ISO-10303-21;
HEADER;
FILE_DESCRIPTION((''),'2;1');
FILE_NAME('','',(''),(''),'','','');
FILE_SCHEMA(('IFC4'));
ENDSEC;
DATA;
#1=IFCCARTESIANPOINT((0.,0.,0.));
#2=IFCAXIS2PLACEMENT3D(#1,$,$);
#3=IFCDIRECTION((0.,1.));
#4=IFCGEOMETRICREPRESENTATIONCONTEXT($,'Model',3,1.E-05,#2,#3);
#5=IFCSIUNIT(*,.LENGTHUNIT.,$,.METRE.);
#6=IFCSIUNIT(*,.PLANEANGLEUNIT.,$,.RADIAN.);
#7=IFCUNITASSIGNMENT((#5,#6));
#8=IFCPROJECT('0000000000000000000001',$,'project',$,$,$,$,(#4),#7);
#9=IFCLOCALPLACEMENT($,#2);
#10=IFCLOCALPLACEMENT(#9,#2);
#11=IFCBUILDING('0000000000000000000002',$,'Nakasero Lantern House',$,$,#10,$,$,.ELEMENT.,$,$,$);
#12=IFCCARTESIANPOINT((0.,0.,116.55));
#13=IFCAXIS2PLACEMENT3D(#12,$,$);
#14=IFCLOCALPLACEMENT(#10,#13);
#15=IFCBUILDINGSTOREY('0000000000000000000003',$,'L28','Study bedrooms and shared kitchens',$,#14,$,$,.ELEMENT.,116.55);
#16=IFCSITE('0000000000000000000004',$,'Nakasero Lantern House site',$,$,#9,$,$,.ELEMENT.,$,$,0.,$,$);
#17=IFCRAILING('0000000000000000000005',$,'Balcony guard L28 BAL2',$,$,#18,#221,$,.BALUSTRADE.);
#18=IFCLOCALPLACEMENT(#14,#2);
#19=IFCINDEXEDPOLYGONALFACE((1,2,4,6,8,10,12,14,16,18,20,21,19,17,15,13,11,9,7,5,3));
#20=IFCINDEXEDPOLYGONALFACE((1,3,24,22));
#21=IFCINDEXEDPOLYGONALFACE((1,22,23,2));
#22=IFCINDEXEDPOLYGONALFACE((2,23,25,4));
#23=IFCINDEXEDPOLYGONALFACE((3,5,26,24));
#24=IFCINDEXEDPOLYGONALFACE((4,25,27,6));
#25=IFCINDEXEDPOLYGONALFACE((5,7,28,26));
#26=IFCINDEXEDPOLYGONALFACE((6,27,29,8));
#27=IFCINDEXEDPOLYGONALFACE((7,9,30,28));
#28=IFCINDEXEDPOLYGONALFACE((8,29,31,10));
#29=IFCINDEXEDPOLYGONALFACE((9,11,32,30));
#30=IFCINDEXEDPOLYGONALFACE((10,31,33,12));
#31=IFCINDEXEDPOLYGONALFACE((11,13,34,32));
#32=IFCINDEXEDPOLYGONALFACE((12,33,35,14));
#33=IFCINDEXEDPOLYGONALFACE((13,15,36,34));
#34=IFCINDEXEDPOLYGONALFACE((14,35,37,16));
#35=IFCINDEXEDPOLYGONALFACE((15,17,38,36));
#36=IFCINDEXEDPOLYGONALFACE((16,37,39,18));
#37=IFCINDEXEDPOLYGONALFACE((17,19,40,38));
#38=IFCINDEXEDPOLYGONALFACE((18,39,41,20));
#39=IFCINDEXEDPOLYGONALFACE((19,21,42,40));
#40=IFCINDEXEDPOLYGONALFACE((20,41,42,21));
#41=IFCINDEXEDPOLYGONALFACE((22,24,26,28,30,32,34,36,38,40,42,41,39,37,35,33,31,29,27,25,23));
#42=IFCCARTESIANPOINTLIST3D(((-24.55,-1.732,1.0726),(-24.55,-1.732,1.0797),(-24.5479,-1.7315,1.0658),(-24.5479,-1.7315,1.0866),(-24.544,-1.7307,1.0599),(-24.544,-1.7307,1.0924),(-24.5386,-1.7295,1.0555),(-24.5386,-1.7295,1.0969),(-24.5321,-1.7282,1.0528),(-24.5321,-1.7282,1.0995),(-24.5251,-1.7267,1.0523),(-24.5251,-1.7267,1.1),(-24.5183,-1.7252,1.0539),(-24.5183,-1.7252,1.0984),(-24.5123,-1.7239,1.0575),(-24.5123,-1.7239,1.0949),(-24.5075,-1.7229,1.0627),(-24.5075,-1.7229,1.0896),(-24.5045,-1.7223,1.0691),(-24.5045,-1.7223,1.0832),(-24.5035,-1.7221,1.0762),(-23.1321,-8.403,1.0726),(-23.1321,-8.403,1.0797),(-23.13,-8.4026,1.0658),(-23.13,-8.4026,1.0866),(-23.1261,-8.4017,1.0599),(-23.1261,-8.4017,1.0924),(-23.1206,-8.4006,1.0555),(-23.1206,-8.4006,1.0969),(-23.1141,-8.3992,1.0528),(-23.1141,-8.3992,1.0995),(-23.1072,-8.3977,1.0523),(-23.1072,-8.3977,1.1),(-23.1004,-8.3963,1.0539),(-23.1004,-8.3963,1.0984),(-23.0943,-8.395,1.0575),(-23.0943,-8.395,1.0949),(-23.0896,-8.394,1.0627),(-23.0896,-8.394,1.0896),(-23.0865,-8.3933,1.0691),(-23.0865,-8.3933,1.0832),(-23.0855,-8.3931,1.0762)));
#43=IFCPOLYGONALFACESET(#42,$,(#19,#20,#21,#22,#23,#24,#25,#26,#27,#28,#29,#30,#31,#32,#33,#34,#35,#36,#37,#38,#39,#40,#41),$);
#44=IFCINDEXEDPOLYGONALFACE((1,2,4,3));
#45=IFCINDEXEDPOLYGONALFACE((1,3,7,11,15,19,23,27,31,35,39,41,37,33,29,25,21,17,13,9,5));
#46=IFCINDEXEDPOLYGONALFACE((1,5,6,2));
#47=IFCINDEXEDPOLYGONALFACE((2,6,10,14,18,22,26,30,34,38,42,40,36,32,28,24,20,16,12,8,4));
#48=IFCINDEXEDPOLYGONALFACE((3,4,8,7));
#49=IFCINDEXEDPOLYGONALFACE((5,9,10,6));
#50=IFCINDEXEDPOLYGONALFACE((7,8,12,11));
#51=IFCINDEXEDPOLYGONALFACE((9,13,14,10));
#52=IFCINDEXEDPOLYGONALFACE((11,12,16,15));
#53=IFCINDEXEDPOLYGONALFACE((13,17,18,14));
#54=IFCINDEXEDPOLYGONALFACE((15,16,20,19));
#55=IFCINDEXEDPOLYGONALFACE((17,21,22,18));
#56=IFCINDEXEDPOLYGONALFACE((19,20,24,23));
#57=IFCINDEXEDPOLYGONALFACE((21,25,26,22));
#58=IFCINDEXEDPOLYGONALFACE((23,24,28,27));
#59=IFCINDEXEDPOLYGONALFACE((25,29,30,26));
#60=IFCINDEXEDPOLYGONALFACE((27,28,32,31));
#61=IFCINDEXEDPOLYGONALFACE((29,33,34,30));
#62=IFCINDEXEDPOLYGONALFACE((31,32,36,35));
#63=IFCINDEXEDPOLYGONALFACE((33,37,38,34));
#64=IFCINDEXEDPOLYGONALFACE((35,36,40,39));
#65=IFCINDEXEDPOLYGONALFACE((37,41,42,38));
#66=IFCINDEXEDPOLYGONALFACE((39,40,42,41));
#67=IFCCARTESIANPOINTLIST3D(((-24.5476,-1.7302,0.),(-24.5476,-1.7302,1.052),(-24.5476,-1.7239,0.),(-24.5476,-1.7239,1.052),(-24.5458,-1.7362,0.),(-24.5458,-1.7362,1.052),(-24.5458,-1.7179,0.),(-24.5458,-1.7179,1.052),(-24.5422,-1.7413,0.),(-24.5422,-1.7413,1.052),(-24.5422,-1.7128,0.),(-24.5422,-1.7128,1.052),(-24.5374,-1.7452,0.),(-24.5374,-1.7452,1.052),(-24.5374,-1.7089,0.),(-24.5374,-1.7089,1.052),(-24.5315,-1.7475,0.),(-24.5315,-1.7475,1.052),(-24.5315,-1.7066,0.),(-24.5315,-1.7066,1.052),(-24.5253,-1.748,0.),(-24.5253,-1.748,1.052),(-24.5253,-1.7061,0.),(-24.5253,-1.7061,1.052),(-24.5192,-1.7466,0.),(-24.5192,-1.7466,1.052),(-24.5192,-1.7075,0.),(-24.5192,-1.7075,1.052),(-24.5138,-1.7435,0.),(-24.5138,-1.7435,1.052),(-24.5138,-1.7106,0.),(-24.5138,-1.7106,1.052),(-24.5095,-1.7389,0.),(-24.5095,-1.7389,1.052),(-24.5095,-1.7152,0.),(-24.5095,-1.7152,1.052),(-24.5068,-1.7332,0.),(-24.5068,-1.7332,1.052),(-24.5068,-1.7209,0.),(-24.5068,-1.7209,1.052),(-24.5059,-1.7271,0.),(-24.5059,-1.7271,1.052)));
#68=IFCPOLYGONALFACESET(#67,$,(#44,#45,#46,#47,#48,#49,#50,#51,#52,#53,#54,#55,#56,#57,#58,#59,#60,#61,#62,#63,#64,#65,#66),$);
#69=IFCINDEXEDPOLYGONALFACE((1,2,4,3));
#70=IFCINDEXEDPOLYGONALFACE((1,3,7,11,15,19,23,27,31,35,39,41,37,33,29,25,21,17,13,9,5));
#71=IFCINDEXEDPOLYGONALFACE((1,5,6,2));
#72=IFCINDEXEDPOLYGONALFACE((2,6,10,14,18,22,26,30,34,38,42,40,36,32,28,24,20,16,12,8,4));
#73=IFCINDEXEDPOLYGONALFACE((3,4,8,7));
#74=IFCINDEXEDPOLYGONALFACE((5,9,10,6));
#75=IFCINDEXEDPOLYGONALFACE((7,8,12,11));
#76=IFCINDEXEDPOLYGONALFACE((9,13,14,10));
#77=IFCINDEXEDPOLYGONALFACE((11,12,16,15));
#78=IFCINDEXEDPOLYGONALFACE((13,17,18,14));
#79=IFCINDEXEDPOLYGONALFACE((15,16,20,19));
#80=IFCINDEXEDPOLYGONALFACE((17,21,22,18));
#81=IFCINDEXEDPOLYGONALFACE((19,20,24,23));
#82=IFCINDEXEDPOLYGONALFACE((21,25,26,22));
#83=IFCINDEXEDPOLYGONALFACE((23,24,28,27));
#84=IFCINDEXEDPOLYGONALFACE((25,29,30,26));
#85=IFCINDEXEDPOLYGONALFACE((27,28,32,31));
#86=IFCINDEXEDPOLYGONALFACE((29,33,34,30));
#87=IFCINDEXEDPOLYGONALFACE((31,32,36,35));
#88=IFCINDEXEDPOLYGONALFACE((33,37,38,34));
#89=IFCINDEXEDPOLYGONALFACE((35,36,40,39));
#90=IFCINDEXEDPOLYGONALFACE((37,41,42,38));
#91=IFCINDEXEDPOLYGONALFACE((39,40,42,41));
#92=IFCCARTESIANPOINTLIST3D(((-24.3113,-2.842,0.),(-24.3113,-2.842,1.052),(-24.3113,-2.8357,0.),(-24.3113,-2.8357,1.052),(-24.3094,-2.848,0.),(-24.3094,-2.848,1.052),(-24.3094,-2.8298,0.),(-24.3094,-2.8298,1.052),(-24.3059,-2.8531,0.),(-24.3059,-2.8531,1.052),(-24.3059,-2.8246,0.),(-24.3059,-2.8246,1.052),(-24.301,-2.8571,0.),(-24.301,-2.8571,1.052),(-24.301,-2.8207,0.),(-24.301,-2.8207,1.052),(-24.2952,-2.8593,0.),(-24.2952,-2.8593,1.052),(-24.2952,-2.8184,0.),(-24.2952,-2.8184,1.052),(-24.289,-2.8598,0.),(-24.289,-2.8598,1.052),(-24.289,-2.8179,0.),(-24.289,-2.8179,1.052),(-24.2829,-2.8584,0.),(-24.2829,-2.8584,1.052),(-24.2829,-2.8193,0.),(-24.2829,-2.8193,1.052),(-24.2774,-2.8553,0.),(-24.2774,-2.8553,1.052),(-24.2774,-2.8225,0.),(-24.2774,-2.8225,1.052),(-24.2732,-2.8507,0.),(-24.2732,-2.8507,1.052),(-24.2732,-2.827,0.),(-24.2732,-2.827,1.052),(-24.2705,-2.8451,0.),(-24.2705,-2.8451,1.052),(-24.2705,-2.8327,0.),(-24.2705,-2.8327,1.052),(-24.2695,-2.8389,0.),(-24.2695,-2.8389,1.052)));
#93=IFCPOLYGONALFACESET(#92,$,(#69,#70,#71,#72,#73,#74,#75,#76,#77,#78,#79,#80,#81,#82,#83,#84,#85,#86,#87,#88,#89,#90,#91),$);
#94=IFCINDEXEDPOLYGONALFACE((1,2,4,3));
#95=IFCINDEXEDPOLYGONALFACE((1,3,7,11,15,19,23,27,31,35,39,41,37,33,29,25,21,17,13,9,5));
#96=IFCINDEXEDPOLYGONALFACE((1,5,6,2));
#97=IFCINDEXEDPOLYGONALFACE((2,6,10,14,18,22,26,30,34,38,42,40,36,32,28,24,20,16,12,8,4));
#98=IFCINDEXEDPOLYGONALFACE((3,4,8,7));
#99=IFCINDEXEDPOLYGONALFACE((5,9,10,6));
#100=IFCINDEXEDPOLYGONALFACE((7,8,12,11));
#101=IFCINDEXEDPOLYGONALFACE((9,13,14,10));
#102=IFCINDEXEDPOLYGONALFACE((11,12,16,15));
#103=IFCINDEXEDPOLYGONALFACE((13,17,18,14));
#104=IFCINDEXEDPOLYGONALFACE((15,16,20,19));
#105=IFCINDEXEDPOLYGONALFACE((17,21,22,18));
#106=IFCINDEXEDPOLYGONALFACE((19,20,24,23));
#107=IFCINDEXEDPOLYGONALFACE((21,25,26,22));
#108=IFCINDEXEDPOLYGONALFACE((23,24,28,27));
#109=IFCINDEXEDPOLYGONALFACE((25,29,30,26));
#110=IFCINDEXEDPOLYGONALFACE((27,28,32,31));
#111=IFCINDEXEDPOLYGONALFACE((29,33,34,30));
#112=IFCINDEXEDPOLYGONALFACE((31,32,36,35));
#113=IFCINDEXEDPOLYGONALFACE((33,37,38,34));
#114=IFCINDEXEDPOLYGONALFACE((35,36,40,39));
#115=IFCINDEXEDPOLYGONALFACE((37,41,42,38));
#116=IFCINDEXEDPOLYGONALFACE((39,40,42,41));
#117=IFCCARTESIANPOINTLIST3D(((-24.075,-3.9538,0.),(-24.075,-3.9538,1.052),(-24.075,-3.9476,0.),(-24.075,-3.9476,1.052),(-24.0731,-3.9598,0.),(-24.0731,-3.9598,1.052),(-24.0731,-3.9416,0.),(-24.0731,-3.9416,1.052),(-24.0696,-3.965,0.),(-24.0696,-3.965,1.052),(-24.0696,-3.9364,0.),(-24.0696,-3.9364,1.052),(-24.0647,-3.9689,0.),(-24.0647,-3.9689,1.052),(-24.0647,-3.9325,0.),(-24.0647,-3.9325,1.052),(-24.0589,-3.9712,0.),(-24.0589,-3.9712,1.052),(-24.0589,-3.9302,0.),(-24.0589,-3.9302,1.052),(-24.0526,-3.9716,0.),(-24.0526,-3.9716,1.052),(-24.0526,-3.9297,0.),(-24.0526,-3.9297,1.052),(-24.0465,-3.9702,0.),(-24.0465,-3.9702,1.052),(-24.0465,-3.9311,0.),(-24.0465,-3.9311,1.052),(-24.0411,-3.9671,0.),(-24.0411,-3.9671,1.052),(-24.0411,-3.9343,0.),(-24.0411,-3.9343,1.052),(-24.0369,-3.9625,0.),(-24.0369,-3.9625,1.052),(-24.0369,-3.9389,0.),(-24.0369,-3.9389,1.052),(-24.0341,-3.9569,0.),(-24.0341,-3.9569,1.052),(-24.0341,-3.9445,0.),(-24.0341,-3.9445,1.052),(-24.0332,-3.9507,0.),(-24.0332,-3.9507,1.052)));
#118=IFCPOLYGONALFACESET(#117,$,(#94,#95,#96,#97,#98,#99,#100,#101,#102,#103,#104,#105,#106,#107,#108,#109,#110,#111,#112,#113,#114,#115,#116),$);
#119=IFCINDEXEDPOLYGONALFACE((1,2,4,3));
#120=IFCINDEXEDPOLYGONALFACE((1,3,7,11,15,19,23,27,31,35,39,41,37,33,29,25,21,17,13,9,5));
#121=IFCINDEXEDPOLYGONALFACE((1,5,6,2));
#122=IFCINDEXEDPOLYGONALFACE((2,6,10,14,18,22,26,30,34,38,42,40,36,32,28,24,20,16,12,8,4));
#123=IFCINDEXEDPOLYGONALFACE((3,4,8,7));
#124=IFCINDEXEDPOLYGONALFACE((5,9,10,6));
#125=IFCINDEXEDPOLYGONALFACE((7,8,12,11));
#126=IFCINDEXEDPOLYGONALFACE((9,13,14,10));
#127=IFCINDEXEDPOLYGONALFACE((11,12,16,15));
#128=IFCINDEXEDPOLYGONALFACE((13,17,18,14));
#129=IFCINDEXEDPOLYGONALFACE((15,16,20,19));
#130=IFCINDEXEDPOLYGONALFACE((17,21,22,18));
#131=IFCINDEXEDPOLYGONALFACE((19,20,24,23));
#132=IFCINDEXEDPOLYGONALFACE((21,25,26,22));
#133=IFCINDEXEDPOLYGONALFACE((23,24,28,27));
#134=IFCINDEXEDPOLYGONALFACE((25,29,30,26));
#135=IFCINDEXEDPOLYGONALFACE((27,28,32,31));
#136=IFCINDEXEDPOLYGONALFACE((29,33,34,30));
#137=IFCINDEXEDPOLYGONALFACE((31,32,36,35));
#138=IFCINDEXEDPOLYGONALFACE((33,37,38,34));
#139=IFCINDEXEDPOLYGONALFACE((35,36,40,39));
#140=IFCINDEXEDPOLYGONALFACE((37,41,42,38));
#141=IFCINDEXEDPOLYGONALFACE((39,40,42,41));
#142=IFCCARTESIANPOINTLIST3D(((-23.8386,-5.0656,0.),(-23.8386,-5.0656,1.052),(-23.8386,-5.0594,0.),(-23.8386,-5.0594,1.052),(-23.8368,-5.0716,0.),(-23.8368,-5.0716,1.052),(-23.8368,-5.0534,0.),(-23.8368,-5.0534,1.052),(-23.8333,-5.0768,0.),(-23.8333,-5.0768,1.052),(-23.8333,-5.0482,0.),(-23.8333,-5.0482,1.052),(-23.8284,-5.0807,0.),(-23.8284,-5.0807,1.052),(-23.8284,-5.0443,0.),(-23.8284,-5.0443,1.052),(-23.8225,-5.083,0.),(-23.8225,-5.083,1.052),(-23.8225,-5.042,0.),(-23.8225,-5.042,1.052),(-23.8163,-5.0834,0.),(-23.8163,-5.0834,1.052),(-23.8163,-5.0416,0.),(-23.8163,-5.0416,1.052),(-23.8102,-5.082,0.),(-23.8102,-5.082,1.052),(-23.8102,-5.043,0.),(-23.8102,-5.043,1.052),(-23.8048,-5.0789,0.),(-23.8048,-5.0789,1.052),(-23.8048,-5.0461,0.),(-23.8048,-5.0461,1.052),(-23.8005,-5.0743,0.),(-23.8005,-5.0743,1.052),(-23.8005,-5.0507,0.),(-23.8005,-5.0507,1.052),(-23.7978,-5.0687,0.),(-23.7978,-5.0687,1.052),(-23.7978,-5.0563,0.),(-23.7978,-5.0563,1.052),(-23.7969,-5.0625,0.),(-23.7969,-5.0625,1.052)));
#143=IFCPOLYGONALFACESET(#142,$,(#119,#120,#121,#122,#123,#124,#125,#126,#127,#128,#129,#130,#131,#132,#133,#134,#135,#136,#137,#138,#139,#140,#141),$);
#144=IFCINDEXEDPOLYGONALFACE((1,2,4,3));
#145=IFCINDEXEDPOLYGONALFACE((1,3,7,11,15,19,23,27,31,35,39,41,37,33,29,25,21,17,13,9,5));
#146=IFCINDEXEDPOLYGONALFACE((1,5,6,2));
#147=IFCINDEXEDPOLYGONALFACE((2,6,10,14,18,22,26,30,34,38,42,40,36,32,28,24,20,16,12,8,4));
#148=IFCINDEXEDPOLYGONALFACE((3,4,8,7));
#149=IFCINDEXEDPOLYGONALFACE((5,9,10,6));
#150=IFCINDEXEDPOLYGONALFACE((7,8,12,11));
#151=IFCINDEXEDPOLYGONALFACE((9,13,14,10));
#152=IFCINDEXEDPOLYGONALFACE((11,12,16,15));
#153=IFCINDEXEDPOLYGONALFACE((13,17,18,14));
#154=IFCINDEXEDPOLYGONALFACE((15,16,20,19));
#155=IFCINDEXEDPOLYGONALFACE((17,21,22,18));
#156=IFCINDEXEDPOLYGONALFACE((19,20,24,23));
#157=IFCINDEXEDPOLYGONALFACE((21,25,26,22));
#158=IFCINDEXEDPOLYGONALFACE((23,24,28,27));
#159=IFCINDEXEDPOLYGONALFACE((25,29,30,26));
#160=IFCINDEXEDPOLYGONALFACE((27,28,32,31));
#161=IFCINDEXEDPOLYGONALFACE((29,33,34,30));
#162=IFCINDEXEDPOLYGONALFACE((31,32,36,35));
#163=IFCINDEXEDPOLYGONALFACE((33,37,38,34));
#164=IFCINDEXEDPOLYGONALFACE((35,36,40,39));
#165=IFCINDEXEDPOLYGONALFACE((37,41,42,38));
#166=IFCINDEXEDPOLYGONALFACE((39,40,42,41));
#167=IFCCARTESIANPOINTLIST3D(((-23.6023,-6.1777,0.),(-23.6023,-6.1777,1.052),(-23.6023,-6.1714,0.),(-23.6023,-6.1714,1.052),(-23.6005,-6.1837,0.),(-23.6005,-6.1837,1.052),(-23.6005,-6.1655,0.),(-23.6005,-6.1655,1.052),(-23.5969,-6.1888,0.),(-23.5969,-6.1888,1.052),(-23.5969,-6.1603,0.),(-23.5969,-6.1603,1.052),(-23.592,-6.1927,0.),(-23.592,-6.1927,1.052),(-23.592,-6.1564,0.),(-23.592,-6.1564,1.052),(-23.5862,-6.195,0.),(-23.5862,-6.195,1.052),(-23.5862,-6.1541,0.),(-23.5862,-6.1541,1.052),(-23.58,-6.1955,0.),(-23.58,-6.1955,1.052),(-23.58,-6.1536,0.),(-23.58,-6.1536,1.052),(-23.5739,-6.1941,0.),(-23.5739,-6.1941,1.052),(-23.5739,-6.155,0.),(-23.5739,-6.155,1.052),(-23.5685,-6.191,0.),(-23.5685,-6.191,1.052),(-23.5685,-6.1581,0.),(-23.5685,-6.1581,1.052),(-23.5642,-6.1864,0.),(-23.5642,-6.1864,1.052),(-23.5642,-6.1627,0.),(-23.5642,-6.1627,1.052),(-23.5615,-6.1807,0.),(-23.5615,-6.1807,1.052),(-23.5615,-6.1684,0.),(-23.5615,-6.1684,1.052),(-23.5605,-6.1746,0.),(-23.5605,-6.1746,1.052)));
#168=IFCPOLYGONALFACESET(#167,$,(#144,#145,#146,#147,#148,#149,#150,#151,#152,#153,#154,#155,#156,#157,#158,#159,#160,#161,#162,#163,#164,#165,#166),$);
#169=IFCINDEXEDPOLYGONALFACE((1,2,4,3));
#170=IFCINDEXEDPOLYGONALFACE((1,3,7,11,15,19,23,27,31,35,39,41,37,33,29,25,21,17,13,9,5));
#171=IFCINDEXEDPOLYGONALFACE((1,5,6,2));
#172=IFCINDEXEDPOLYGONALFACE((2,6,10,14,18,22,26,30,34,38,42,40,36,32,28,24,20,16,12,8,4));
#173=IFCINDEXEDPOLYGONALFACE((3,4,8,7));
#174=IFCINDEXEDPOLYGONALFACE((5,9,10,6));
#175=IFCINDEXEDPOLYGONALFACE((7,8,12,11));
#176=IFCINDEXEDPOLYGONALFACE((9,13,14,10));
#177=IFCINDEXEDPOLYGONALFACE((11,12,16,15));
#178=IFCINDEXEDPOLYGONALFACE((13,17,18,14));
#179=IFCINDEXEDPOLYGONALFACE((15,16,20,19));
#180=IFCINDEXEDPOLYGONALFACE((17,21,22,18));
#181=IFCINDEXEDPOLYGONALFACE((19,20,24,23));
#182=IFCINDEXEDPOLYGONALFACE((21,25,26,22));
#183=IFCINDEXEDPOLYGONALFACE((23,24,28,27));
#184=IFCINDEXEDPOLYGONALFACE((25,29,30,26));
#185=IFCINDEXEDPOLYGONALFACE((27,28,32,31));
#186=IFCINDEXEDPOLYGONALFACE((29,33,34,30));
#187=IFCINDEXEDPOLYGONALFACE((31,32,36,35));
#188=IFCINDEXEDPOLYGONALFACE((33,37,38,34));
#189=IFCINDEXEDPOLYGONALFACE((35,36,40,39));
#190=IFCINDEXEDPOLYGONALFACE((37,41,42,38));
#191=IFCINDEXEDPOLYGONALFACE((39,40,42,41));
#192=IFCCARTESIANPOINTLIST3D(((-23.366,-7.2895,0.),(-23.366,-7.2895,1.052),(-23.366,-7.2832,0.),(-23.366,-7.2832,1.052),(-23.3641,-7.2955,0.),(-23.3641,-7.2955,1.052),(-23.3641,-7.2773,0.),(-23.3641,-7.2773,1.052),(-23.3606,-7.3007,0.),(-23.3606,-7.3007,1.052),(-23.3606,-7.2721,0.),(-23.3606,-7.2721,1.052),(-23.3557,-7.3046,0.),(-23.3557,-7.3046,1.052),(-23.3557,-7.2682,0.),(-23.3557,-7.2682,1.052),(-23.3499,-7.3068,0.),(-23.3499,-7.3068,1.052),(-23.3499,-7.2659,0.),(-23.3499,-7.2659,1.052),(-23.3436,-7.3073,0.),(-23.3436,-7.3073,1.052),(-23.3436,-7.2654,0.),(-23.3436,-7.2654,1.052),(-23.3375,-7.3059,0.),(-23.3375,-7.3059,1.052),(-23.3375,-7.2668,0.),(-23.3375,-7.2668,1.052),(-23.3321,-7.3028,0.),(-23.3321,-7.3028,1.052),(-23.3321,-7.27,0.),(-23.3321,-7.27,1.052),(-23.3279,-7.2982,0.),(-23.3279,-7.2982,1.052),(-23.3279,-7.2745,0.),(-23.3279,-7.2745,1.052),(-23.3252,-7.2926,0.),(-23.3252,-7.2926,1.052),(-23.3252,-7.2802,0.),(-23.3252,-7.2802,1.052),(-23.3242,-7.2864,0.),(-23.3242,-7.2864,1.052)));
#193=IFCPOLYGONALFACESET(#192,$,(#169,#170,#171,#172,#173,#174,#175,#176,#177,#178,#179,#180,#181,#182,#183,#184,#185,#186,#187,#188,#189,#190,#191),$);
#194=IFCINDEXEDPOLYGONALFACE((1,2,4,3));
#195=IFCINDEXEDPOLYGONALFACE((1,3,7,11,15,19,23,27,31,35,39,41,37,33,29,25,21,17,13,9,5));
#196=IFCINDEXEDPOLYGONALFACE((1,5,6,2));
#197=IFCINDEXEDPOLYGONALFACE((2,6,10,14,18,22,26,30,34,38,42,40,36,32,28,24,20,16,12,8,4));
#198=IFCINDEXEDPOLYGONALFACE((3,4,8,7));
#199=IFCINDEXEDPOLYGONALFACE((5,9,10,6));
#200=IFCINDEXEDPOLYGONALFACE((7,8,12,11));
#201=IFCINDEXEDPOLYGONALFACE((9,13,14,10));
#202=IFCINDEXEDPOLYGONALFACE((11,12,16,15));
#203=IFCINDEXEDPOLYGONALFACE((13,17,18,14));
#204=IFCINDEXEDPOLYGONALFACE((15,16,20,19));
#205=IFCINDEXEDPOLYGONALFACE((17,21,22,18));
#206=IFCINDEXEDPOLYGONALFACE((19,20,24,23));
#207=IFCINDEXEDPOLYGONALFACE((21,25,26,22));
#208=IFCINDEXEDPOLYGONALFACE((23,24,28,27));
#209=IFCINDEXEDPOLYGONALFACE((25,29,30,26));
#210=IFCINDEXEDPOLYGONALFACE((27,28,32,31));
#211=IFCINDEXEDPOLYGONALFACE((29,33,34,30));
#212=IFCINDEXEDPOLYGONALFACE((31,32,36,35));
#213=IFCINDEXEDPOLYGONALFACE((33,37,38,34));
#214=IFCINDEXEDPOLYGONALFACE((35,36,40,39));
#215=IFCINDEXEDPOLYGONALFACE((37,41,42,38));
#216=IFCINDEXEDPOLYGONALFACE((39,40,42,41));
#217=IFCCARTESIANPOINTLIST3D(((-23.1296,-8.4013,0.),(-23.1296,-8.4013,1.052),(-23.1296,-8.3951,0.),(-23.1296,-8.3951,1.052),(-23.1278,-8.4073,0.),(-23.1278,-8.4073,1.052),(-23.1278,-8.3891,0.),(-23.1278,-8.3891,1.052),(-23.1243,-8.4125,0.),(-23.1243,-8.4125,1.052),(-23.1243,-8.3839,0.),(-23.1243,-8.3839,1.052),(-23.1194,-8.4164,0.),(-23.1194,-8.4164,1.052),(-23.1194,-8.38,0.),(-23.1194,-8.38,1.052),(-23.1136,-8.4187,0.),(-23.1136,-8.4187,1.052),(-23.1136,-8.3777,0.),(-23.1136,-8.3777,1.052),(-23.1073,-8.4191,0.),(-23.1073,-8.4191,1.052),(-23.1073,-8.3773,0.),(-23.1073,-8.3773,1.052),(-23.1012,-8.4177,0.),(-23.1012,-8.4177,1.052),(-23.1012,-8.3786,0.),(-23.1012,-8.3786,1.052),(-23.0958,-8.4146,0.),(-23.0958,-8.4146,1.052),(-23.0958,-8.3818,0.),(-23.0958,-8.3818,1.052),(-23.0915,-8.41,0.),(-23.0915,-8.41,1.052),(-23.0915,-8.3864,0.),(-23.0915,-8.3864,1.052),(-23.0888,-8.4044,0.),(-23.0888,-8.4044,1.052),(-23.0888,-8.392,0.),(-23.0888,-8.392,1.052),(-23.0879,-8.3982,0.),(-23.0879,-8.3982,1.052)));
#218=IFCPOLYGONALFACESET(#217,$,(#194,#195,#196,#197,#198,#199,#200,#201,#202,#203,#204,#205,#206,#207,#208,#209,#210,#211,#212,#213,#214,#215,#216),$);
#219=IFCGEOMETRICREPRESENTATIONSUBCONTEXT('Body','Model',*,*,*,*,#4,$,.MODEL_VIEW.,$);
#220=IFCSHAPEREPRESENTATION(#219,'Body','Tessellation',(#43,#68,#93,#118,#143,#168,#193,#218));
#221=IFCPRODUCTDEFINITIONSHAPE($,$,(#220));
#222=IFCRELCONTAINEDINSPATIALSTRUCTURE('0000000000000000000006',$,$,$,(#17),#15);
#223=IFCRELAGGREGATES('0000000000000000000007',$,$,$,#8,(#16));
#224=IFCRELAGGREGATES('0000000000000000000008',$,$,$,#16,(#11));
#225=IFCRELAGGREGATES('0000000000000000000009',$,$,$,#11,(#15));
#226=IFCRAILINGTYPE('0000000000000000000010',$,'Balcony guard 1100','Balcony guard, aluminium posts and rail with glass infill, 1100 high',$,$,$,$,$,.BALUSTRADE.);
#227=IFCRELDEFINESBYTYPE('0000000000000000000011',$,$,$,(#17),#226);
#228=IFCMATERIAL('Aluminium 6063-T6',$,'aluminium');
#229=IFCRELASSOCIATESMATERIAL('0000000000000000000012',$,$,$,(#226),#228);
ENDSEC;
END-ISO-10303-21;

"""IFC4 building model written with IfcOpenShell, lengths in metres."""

from ifc_helpers import new_model, si_unit, direction, frame, origin, origin_2d, place, context, subcontext, project, spatial, circle, extrude, material, type_object, element, save


model = new_model("IFC4")

# Units and contexts
model_context = context("Model", 3, precision=1e-05, world=origin(), true_north=direction((0.0, 1.0)))
body_context = subcontext(model_context, "Body", "Model", "MODEL_VIEW")
ifc_project = project(units=[si_unit("LENGTHUNIT", "METRE"), si_unit("PLANEANGLEUNIT", "RADIAN")], contexts=[model_context])

# Site, building, storey
site_placement = place(None, origin())
site = spatial("IfcSite", under=ifc_project, at=site_placement, Name="Nakasero Lantern House site", CompositionType="ELEMENT", RefElevation=0.0)
building_placement = place(site_placement, origin())
building = spatial("IfcBuilding", under=site, at=building_placement, Name="Nakasero Lantern House", CompositionType="ELEMENT")
storey_placement = place(building_placement, frame((0.0, 0.0, 116.55)))
storey = spatial("IfcBuildingStorey", under=building, at=storey_placement, Name="L28", Description="Study bedrooms and shared kitchens", CompositionType="ELEMENT", Elevation=116.55)

# Railing
ifc_material_1 = material(Name="Aluminium 6063-T6", Category="aluminium")
railing_type = type_object("IfcRailingType", Name="Balcony guard 1100", Description="Balcony guard, aluminium posts and rail with glass infill, 1100 high", PredefinedType="BALUSTRADE", material=ifc_material_1)
railing_placement = place(storey_placement, frame((-24.5269, -1.7271, 0.0)))
element("IfcRailing", 1, at=railing_placement, inside=storey, type_object=railing_type, Name="Balcony guard L28 BAL2", PredefinedType="BALUSTRADE", context=body_context, shape_type="SweptSolid", body=[
    extrude(circle(Radius=0.0239, at=origin_2d()), frame((0.0, 0.0, 1.0762), z_axis=(0.207908, -0.978148, 0.0), x_axis=(0.978148, 0.207908, 0.0)), (0.0, 0.0, 1.0), 6.8201),
    extrude(circle(Radius=0.021, at=origin_2d()), origin(), (0.0, 0.0, 1.0), 1.052),
    extrude(circle(Radius=0.021, at=origin_2d()), frame((0.2363, -1.1118, 0.0)), (0.0, 0.0, 1.0), 1.052),
    extrude(circle(Radius=0.021, at=origin_2d()), frame((0.4727, -2.2236, 0.0)), (0.0, 0.0, 1.0), 1.052),
    extrude(circle(Radius=0.021, at=origin_2d()), frame((0.709, -3.3354, 0.0)), (0.0, 0.0, 1.0), 1.052),
    extrude(circle(Radius=0.021, at=origin_2d()), frame((0.9453, -4.4475, 0.0)), (0.0, 0.0, 1.0), 1.052),
    extrude(circle(Radius=0.021, at=origin_2d()), frame((1.1816, -5.5593, 0.0)), (0.0, 0.0, 1.0), 1.052),
    extrude(circle(Radius=0.021, at=origin_2d()), frame((1.418, -6.6711, 0.0)), (0.0, 0.0, 1.0), 1.052),
])

save(model, "model.ifc")
